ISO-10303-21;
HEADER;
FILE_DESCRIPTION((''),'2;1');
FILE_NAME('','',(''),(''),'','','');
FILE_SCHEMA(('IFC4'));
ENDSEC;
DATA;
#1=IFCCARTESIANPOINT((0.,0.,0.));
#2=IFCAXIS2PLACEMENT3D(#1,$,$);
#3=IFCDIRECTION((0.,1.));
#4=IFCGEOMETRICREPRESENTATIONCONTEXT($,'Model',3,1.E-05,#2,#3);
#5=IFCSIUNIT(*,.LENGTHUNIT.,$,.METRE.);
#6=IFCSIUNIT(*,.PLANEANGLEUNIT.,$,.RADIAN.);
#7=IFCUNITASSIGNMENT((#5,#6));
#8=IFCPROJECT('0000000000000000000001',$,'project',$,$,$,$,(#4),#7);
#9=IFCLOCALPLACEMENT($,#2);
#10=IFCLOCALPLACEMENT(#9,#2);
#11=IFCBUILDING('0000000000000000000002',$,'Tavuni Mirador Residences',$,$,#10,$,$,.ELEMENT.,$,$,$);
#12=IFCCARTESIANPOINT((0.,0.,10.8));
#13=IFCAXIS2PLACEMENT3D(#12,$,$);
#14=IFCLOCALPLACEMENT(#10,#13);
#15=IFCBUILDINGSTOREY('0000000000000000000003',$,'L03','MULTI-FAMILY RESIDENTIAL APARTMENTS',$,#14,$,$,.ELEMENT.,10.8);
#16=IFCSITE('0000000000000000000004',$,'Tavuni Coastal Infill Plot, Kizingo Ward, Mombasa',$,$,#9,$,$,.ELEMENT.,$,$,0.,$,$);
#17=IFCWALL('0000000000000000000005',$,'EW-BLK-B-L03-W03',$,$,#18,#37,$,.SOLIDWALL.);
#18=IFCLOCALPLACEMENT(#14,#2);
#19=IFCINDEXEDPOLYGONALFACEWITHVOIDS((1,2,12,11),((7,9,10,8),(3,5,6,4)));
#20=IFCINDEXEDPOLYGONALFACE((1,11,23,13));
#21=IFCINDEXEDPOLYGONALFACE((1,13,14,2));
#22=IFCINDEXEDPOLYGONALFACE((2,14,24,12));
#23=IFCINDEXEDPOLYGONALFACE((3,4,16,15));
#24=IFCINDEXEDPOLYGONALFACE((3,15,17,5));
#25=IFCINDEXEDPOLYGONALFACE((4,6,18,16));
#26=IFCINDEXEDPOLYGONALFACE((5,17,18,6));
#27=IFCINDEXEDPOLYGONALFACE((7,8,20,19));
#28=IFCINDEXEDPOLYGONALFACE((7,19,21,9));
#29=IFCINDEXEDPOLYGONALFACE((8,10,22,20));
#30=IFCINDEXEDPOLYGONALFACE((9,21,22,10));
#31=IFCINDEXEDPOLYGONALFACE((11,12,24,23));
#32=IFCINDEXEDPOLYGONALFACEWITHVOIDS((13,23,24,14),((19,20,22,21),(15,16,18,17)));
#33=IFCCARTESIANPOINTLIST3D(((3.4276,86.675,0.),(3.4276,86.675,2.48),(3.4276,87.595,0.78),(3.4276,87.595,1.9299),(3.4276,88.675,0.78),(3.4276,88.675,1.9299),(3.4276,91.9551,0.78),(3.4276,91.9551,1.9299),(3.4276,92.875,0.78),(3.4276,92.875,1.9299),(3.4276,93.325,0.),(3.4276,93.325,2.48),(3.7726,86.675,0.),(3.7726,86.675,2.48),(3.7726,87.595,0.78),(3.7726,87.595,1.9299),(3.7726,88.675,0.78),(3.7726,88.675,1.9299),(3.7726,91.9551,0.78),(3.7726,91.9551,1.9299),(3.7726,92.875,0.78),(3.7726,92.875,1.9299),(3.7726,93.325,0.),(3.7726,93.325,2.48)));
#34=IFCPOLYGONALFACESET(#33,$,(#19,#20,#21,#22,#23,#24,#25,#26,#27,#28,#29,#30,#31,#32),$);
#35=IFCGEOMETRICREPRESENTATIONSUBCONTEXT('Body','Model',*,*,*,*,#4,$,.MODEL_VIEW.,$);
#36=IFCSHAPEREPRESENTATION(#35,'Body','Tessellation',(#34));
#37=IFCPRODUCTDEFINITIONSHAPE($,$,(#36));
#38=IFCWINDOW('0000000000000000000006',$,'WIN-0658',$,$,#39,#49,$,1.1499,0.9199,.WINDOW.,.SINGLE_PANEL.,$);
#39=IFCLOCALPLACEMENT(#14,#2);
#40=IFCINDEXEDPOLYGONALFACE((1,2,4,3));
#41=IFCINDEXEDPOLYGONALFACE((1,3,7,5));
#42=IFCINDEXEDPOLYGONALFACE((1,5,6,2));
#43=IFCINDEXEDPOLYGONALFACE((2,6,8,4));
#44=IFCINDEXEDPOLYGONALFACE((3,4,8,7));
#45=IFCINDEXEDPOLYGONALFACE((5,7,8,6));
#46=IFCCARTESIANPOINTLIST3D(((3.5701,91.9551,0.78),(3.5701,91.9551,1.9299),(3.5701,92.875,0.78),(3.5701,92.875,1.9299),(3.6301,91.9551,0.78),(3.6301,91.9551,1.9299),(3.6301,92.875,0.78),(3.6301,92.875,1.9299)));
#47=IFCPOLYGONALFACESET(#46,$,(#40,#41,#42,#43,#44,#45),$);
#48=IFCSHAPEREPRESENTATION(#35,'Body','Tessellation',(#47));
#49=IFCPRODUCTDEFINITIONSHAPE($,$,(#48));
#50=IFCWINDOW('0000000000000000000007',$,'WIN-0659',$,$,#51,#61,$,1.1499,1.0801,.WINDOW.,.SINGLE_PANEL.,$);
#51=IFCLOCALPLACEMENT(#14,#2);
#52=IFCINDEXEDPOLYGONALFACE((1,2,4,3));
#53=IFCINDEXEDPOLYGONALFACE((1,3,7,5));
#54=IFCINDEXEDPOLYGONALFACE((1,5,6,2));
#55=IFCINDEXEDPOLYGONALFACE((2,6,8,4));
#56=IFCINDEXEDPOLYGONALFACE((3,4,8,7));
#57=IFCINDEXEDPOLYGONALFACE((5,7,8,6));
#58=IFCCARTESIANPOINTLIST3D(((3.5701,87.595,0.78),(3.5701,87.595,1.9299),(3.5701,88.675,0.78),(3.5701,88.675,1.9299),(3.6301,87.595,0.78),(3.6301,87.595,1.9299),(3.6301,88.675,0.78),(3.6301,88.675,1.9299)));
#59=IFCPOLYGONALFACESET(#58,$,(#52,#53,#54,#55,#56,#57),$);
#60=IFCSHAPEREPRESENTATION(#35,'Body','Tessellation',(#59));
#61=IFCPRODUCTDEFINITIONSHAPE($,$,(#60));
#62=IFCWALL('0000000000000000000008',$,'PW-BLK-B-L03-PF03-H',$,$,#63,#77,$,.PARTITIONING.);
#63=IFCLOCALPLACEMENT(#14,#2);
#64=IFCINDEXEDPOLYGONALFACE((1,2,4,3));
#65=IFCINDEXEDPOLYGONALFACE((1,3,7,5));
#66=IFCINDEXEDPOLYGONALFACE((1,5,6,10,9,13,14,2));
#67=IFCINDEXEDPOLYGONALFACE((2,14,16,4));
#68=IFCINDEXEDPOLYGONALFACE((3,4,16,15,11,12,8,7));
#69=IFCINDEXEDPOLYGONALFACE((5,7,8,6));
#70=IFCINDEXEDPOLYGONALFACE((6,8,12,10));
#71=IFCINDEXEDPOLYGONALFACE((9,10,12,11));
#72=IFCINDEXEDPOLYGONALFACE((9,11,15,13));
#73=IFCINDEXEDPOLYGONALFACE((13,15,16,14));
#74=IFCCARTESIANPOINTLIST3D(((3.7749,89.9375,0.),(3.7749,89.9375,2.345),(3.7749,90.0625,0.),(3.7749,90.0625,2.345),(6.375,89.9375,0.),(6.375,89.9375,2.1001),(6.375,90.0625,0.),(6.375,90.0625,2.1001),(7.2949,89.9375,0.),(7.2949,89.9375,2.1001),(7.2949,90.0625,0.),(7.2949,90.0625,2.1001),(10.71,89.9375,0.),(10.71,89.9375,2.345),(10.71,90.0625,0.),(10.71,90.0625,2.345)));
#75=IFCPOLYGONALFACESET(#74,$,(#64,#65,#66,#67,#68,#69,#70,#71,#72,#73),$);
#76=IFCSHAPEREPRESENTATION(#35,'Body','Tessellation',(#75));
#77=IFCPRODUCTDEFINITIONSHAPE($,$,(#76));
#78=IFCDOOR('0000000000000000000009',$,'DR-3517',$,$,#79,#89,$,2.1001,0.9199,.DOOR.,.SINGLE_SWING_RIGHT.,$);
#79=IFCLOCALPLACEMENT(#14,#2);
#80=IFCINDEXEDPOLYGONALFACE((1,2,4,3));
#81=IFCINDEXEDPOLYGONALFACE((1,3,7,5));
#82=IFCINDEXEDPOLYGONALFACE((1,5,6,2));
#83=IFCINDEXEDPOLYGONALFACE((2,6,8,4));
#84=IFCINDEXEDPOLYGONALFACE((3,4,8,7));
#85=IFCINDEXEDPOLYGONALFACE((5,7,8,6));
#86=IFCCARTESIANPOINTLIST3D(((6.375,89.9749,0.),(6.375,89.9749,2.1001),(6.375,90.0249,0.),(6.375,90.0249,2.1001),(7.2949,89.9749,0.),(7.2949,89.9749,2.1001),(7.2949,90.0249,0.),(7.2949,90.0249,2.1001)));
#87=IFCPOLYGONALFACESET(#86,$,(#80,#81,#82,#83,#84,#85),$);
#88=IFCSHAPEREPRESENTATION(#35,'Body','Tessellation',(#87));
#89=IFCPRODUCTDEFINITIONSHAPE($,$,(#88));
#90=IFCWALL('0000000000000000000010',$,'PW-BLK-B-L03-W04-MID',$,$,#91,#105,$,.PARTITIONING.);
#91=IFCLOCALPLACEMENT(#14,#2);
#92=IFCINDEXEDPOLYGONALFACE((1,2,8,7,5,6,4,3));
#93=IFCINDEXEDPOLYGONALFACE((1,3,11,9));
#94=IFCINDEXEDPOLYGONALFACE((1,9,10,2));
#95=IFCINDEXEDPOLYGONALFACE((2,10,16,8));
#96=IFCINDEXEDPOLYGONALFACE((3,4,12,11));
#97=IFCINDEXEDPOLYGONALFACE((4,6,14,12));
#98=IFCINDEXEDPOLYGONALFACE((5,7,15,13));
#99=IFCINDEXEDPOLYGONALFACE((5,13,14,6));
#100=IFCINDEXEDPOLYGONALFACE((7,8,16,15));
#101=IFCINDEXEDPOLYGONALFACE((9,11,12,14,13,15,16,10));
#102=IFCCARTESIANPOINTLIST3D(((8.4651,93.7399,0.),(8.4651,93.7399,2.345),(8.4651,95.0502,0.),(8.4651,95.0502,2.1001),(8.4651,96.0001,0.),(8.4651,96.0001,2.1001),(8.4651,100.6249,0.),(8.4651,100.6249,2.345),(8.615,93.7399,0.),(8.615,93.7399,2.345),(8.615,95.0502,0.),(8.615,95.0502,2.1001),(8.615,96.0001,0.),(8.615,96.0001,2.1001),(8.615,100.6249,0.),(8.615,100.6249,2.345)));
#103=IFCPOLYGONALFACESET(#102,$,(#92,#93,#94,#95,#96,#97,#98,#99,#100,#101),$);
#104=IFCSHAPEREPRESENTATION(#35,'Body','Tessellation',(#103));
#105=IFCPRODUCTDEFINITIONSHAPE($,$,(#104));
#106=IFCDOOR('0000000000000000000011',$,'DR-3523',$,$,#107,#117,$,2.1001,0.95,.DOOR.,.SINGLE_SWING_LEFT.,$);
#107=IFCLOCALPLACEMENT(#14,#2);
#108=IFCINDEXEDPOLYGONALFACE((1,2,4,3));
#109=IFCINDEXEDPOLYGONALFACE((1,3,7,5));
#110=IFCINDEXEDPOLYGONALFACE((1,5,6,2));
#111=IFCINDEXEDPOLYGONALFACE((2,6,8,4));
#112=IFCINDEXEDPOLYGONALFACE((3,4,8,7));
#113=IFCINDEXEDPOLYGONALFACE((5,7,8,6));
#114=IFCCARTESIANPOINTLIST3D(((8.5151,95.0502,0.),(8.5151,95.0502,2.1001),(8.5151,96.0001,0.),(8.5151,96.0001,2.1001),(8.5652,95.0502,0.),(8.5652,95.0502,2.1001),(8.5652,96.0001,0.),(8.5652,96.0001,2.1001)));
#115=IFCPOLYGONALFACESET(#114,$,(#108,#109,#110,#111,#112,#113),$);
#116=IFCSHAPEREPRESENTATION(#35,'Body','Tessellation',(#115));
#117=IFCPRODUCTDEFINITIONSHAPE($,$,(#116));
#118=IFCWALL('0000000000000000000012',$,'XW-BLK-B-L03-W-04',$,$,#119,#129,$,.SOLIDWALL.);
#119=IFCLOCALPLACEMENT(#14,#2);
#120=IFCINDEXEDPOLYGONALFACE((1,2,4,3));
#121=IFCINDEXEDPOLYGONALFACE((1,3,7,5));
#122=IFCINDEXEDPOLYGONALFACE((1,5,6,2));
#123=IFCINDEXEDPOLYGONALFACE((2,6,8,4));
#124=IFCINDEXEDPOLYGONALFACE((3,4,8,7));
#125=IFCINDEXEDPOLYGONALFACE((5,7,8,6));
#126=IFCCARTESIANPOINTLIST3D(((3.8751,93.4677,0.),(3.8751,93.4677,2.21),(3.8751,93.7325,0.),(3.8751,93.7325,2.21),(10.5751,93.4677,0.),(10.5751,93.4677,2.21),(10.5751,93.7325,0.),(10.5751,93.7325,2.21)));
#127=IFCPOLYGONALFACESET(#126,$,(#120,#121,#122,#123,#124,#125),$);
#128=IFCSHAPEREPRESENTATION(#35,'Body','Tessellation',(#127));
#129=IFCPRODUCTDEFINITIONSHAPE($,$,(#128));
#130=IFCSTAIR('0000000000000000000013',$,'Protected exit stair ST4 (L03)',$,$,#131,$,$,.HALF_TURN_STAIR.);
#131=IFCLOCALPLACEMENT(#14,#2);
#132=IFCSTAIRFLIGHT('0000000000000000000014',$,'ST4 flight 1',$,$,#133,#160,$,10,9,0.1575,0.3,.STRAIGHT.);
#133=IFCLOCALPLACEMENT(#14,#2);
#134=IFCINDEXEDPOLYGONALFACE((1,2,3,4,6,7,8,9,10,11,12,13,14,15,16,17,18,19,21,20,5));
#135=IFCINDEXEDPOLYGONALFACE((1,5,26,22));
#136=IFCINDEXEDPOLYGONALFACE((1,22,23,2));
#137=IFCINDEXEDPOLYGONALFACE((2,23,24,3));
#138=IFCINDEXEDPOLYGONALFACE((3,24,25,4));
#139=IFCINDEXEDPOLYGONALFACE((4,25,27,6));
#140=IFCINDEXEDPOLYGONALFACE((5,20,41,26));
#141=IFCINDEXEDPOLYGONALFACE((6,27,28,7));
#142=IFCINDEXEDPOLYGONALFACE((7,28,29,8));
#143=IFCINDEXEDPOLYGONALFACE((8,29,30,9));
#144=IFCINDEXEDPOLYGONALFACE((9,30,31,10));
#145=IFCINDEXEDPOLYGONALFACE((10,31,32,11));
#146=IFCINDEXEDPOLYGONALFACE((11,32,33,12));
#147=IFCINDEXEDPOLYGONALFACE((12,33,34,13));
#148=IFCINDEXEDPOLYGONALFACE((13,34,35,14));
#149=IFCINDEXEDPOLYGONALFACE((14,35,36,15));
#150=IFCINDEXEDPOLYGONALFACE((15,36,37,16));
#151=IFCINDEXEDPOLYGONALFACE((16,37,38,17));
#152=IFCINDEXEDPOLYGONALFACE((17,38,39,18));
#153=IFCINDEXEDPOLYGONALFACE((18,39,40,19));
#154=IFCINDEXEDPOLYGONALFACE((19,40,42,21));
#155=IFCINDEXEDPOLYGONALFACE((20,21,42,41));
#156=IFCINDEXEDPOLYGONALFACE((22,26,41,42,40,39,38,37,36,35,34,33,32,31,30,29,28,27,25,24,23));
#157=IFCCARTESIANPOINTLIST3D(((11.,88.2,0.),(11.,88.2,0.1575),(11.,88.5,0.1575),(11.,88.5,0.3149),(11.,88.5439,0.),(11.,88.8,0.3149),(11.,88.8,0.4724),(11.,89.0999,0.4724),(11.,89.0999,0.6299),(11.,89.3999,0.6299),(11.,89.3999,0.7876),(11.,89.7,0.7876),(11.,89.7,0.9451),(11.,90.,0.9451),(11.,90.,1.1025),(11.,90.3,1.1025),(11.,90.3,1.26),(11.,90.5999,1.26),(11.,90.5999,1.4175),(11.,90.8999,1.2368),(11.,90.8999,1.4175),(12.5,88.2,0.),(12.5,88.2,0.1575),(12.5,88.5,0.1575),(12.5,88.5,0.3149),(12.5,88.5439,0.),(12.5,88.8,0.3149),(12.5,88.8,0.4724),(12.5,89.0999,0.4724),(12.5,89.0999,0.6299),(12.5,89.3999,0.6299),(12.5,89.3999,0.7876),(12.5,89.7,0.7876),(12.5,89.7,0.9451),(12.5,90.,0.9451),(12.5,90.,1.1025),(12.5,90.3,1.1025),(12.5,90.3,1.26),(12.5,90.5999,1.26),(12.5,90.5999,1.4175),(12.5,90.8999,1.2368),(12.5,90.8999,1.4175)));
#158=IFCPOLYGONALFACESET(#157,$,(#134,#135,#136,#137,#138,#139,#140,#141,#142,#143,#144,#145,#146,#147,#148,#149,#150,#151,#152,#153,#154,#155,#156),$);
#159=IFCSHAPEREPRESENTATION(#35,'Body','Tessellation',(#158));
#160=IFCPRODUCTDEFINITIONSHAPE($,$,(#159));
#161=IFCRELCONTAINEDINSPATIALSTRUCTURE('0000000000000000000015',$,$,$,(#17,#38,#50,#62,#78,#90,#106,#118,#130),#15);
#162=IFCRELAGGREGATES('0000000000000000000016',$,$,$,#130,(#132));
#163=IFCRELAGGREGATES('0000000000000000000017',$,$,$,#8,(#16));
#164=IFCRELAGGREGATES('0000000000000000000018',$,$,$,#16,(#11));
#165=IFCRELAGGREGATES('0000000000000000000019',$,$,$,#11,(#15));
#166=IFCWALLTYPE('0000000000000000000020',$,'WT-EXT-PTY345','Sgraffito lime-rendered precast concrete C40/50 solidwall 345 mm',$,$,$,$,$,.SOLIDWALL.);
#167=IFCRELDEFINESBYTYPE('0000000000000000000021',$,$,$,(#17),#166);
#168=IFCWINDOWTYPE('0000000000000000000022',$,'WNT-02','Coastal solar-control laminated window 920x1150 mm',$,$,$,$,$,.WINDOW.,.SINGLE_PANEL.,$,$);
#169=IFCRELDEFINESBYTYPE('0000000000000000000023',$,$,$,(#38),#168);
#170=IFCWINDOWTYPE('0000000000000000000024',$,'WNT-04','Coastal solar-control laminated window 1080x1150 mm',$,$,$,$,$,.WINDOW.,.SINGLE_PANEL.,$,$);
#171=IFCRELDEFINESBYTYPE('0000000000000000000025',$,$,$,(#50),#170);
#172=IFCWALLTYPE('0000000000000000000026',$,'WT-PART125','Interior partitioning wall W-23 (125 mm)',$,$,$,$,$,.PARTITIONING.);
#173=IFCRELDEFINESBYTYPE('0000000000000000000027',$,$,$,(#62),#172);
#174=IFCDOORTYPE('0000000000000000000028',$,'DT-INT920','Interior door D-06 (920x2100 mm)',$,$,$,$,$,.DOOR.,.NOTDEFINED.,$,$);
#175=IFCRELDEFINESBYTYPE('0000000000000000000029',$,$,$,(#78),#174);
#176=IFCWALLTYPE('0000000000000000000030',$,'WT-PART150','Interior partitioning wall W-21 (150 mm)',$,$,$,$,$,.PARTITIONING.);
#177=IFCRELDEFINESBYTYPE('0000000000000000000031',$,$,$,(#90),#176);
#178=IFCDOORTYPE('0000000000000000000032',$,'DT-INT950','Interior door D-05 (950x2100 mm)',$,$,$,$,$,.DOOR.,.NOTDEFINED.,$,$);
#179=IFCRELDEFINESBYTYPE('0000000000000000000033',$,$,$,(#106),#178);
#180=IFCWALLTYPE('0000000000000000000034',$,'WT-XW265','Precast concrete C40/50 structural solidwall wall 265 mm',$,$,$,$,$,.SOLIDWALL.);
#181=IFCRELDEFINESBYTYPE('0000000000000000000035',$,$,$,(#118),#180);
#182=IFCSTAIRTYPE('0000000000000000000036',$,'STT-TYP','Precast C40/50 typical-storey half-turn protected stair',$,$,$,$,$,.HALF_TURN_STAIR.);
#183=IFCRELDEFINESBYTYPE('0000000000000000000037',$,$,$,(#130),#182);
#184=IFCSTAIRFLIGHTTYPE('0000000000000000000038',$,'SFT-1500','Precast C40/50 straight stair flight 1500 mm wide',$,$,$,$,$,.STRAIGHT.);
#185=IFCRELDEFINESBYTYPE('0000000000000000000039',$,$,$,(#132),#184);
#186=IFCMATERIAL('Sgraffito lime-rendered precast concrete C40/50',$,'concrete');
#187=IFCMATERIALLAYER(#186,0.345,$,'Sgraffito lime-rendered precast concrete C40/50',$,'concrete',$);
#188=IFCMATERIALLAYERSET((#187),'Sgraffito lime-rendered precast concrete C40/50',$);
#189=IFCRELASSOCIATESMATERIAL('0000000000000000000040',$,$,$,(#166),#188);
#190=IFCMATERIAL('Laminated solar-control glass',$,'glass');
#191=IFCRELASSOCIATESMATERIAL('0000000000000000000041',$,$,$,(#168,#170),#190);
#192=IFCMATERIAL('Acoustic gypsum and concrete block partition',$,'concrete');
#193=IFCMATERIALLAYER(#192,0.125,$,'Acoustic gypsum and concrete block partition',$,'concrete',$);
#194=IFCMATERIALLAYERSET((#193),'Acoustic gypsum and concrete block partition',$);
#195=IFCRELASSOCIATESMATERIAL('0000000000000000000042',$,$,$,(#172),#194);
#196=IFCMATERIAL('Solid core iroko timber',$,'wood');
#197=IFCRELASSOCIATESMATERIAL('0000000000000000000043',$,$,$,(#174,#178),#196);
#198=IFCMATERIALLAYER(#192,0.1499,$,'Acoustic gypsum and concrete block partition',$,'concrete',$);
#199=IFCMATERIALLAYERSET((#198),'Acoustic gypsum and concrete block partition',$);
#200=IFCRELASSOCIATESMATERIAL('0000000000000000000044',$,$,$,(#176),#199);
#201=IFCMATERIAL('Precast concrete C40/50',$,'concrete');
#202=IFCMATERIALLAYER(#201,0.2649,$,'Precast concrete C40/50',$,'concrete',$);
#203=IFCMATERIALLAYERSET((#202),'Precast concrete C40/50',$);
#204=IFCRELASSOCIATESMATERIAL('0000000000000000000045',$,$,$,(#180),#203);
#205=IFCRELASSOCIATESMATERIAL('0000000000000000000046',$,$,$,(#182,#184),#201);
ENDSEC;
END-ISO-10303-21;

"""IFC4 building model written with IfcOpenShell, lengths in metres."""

from ifc_helpers import new_model, si_unit, direction, frame, frame_2d, origin, place, context, subcontext, project, spatial, polyline, rectangle, outline, extrude, material, layer, layer_set, type_object, element, fill, aggregate, save


model = new_model("IFC4")

# Units and contexts
model_context = context("Model", 3, precision=1e-05, world=origin(), true_north=direction((0.0, 1.0)))
body_context = subcontext(model_context, "Body", "Model", "MODEL_VIEW")
ifc_project = project(units=[si_unit("LENGTHUNIT", "METRE"), si_unit("PLANEANGLEUNIT", "RADIAN")], contexts=[model_context])

# Site, building, storey
site_placement = place(None, origin())
site = spatial("IfcSite", under=ifc_project, at=site_placement, Name="Tavuni Coastal Infill Plot, Kizingo Ward, Mombasa", CompositionType="ELEMENT", RefElevation=0.0)
building_placement = place(site_placement, origin())
building = spatial("IfcBuilding", under=site, at=building_placement, Name="Tavuni Mirador Residences", CompositionType="ELEMENT")
storey_placement = place(building_placement, frame((0.0, 0.0, 10.8)))
storey = spatial("IfcBuildingStorey", under=building, at=storey_placement, Name="L03", Description="MULTI-FAMILY RESIDENTIAL APARTMENTS", CompositionType="ELEMENT", Elevation=10.8)

# Shared definitions
ifc_material_1 = material(Name="Precast concrete C40/50", Category="concrete")

# Shared definitions
ifc_material_2 = material(Name="Solid core iroko timber", Category="wood")

# Wall, openings, windows
ifc_material_3 = material(Name="Sgraffito lime-rendered precast concrete C40/50", Category="concrete")
ifc_layer_1 = layer(ifc_material_3, 0.345, Name="Sgraffito lime-rendered precast concrete C40/50", Category="concrete")
ifc_layer_set_1 = layer_set([ifc_layer_1], Name="Sgraffito lime-rendered precast concrete C40/50")
wall_type_1 = type_object("IfcWallType", Name="WT-EXT-PTY345", Description="Sgraffito lime-rendered precast concrete C40/50 solidwall 345 mm", PredefinedType="SOLIDWALL", material=ifc_layer_set_1)
wall_1_placement = place(storey_placement, frame((3.6001, 93.325, 0.0), z_axis=(0.0, 0.0, 1.0), x_axis=(0.0, -1.0, 0.0)))
wall_1 = element("IfcWall", 1, at=wall_1_placement, inside=storey, type_object=wall_type_1, Name="EW-BLK-B-L03-W03", PredefinedType="SOLIDWALL", context=body_context, shape_type="SweptSolid", body=[
    extrude(rectangle(XDim=6.6499, YDim=0.345, at=frame_2d((3.325, 0.0))), origin(), (0.0, 0.0, 1.0), 2.48),
])
opening_1_placement = place(wall_1_placement, frame((0.45, 0.0, 0.78)))
opening_1 = element("IfcOpeningElement", 2, at=opening_1_placement, cuts=wall_1, PredefinedType="OPENING", context=body_context, shape_type="SweptSolid", body=[
    extrude(rectangle(XDim=0.9199, YDim=1.1499, at=frame_2d((0.46, 0.575))), frame((0.0, 0.1826, 0.0), z_axis=(0.0, -1.0, 0.0), x_axis=(1.0, 0.0, 0.0)), (0.0, 0.0, 1.0), 0.365),
])
opening_2_placement = place(wall_1_placement, frame((4.6499, 0.0, 0.78)))
opening_2 = element("IfcOpeningElement", 3, at=opening_2_placement, cuts=wall_1, PredefinedType="OPENING", context=body_context, shape_type="SweptSolid", body=[
    extrude(rectangle(XDim=1.0801, YDim=1.1499, at=frame_2d((0.54, 0.575))), frame((0.0, 0.1826, 0.0), z_axis=(0.0, -1.0, 0.0), x_axis=(1.0, 0.0, 0.0)), (0.0, 0.0, 1.0), 0.365),
])
ifc_material_4 = material(Name="Laminated solar-control glass", Category="glass")
window_type_1 = type_object("IfcWindowType", Name="WNT-02", Description="Coastal solar-control laminated window 920x1150 mm", PartitioningType="SINGLE_PANEL", PredefinedType="WINDOW", material=ifc_material_4)
window_1_placement = place(opening_1_placement, origin())
window_1 = element("IfcWindow", 4, at=window_1_placement, inside=storey, type_object=window_type_1, Name="WIN-0658", OverallHeight=1.1499, OverallWidth=0.9199, PartitioningType="SINGLE_PANEL", PredefinedType="WINDOW", context=body_context, shape_type="SweptSolid", body=[
    extrude(rectangle(XDim=0.9199, YDim=1.1499, at=frame_2d((0.46, 0.575))), frame((0.0, 0.03, 0.0), z_axis=(0.0, -1.0, 0.0), x_axis=(1.0, 0.0, 0.0)), (0.0, 0.0, 1.0), 0.0601),
])
fill(opening_1, window_1)
window_type_2 = type_object("IfcWindowType", Name="WNT-04", Description="Coastal solar-control laminated window 1080x1150 mm", PartitioningType="SINGLE_PANEL", PredefinedType="WINDOW", material=ifc_material_4)
window_2_placement = place(opening_2_placement, origin())
window_2 = element("IfcWindow", 5, at=window_2_placement, inside=storey, type_object=window_type_2, Name="WIN-0659", OverallHeight=1.1499, OverallWidth=1.0801, PartitioningType="SINGLE_PANEL", PredefinedType="WINDOW", context=body_context, shape_type="SweptSolid", body=[
    extrude(rectangle(XDim=1.0801, YDim=1.1499, at=frame_2d((0.54, 0.575))), frame((0.0, 0.03, 0.0), z_axis=(0.0, -1.0, 0.0), x_axis=(1.0, 0.0, 0.0)), (0.0, 0.0, 1.0), 0.0601),
])
fill(opening_2, window_2)

# Walls, openings, doors
ifc_material_5 = material(Name="Acoustic gypsum and concrete block partition", Category="concrete")
ifc_layer_2 = layer(ifc_material_5, 0.125, Name="Acoustic gypsum and concrete block partition", Category="concrete")
ifc_layer_set_2 = layer_set([ifc_layer_2], Name="Acoustic gypsum and concrete block partition")
wall_type_2 = type_object("IfcWallType", Name="WT-PART125", Description="Interior partitioning wall W-23 (125 mm)", PredefinedType="PARTITIONING", material=ifc_layer_set_2)
wall_2_placement = place(storey_placement, frame((3.7749, 90.0, 0.0), z_axis=(0.0, 0.0, 1.0), x_axis=(1.0, 0.0, 0.0)))
wall_2 = element("IfcWall", 6, at=wall_2_placement, inside=storey, type_object=wall_type_2, Name="PW-BLK-B-L03-PF03-H", PredefinedType="PARTITIONING", context=body_context, shape_type="SweptSolid", body=[
    extrude(rectangle(XDim=6.9351, YDim=0.125, at=frame_2d((3.4675, 0.0))), origin(), (0.0, 0.0, 1.0), 2.345),
])
opening_3_placement = place(wall_2_placement, frame((2.6001, 0.0, 0.0)))
opening_3 = element("IfcOpeningElement", 7, at=opening_3_placement, cuts=wall_2, PredefinedType="OPENING", context=body_context, shape_type="SweptSolid", body=[
    extrude(rectangle(XDim=0.9199, YDim=2.1001, at=frame_2d((0.46, 1.05))), frame((0.0, 0.0725, 0.0), z_axis=(0.0, -1.0, 0.0), x_axis=(1.0, 0.0, 0.0)), (0.0, 0.0, 1.0), 0.145),
])
door_type_1 = type_object("IfcDoorType", Name="DT-INT920", Description="Interior door D-06 (920x2100 mm)", OperationType="NOTDEFINED", PredefinedType="DOOR", material=ifc_material_2)
door_1_placement = place(opening_3_placement, origin())
door_1 = element("IfcDoor", 8, at=door_1_placement, inside=storey, type_object=door_type_1, Name="DR-3517", OperationType="SINGLE_SWING_RIGHT", OverallHeight=2.1001, OverallWidth=0.9199, PredefinedType="DOOR", context=body_context, shape_type="SweptSolid", body=[
    extrude(rectangle(XDim=0.9199, YDim=2.1001, at=frame_2d((0.46, 1.05))), frame((0.0, 0.0249, 0.0), z_axis=(0.0, -1.0, 0.0), x_axis=(1.0, 0.0, 0.0)), (0.0, 0.0, 1.0), 0.05),
])
fill(opening_3, door_1)
ifc_layer_3 = layer(ifc_material_5, 0.1499, Name="Acoustic gypsum and concrete block partition", Category="concrete")
ifc_layer_set_3 = layer_set([ifc_layer_3], Name="Acoustic gypsum and concrete block partition")
wall_type_3 = type_object("IfcWallType", Name="WT-PART150", Description="Interior partitioning wall W-21 (150 mm)", PredefinedType="PARTITIONING", material=ifc_layer_set_3)
wall_3_placement = place(storey_placement, frame((8.54, 93.74, 0.0), z_axis=(0.0, 0.0, 1.0), x_axis=(0.0, 1.0, 0.0)))
wall_3 = element("IfcWall", 9, at=wall_3_placement, inside=storey, type_object=wall_type_3, Name="PW-BLK-B-L03-W04-MID", PredefinedType="PARTITIONING", context=body_context, shape_type="SweptSolid", body=[
    extrude(rectangle(XDim=6.885, YDim=0.1499, at=frame_2d((3.4424, 0.0))), origin(), (0.0, 0.0, 1.0), 2.345),
])
opening_4_placement = place(wall_3_placement, frame((1.3101, 0.0, 0.0)))
opening_4 = element("IfcOpeningElement", 10, at=opening_4_placement, cuts=wall_3, PredefinedType="OPENING", context=body_context, shape_type="SweptSolid", body=[
    extrude(rectangle(XDim=0.95, YDim=2.1001, at=frame_2d((0.4751, 1.05))), frame((0.0, 0.085, 0.0), z_axis=(0.0, -1.0, 0.0), x_axis=(1.0, 0.0, 0.0)), (0.0, 0.0, 1.0), 0.1699),
])
door_type_2 = type_object("IfcDoorType", Name="DT-INT950", Description="Interior door D-05 (950x2100 mm)", OperationType="NOTDEFINED", PredefinedType="DOOR", material=ifc_material_2)
door_2_placement = place(opening_4_placement, origin())
door_2 = element("IfcDoor", 11, at=door_2_placement, inside=storey, type_object=door_type_2, Name="DR-3523", OperationType="SINGLE_SWING_LEFT", OverallHeight=2.1001, OverallWidth=0.95, PredefinedType="DOOR", context=body_context, shape_type="SweptSolid", body=[
    extrude(rectangle(XDim=0.95, YDim=2.1001, at=frame_2d((0.4751, 1.05))), frame((0.0, 0.0249, 0.0), z_axis=(0.0, -1.0, 0.0), x_axis=(1.0, 0.0, 0.0)), (0.0, 0.0, 1.0), 0.05),
])
fill(opening_4, door_2)

# Wall
ifc_layer_4 = layer(ifc_material_1, 0.2649, Name="Precast concrete C40/50", Category="concrete")
ifc_layer_set_4 = layer_set([ifc_layer_4], Name="Precast concrete C40/50")
wall_type_4 = type_object("IfcWallType", Name="WT-XW265", Description="Precast concrete C40/50 structural solidwall wall 265 mm", PredefinedType="SOLIDWALL", material=ifc_layer_set_4)
wall_4_placement = place(storey_placement, frame((3.875, 93.6001, 0.0), z_axis=(0.0, 0.0, 1.0), x_axis=(1.0, 0.0, 0.0)))
element("IfcWall", 12, at=wall_4_placement, inside=storey, type_object=wall_type_4, Name="XW-BLK-B-L03-W-04", PredefinedType="SOLIDWALL", context=body_context, shape_type="SweptSolid", body=[
    extrude(rectangle(XDim=6.7, YDim=0.2649, at=frame_2d((3.3501, 0.0))), origin(), (0.0, 0.0, 1.0), 2.21),
])

# Stair, stair flight
stair_type = type_object("IfcStairType", Name="STT-TYP", Description="Precast C40/50 typical-storey half-turn protected stair", PredefinedType="HALF_TURN_STAIR", material=ifc_material_1)
stair_placement = place(storey_placement, origin())
stair = element("IfcStair", 13, at=stair_placement, inside=storey, type_object=stair_type, Name="Protected exit stair ST4 (L03)", PredefinedType="HALF_TURN_STAIR")
stair_flight_type = type_object("IfcStairFlightType", Name="SFT-1500", Description="Precast C40/50 straight stair flight 1500 mm wide", PredefinedType="STRAIGHT", material=ifc_material_1)
stair_flight_1_placement = place(storey_placement, frame((11.75, 88.2, 0.0), z_axis=(0.0, 0.0, 1.0), x_axis=(0.0, 1.0, 0.0)))
stair_flight_1 = element("IfcStairFlight", 14, at=stair_flight_1_placement, type_object=stair_flight_type, Name="ST4 flight 1", NumberOfRisers=10, NumberOfTreads=9, PredefinedType="STRAIGHT", RiserHeight=0.1575, TreadLength=0.3, context=body_context, shape_type="SweptSolid", body=[
    extrude(outline(polyline([(0.0, 0.0), (0.0, 0.1575), (0.3, 0.1575), (0.3, 0.3149), (0.6001, 0.3149), (0.6001, 0.4724), (0.8999, 0.4724), (0.8999, 0.6299), (1.2, 0.6299), (1.2, 0.7876), (1.5, 0.7876), (1.5, 0.9451), (1.8, 0.9451), (1.8, 1.1025), (2.1001, 1.1025), (2.1001, 1.26), (2.3999, 1.26), (2.3999, 1.4175), (2.7, 1.4175), (2.7, 1.575), (2.7, 1.2368), (0.344, 0.0), (0.0, 0.0)])), frame((0.0, 0.75, 0.0), z_axis=(0.0, -1.0, 0.0), x_axis=(1.0, 0.0, 0.0)), (0.0, 0.0, 1.0), 1.5),
])
aggregate(stair, [stair_flight_1])

save(model, "model.ifc")
